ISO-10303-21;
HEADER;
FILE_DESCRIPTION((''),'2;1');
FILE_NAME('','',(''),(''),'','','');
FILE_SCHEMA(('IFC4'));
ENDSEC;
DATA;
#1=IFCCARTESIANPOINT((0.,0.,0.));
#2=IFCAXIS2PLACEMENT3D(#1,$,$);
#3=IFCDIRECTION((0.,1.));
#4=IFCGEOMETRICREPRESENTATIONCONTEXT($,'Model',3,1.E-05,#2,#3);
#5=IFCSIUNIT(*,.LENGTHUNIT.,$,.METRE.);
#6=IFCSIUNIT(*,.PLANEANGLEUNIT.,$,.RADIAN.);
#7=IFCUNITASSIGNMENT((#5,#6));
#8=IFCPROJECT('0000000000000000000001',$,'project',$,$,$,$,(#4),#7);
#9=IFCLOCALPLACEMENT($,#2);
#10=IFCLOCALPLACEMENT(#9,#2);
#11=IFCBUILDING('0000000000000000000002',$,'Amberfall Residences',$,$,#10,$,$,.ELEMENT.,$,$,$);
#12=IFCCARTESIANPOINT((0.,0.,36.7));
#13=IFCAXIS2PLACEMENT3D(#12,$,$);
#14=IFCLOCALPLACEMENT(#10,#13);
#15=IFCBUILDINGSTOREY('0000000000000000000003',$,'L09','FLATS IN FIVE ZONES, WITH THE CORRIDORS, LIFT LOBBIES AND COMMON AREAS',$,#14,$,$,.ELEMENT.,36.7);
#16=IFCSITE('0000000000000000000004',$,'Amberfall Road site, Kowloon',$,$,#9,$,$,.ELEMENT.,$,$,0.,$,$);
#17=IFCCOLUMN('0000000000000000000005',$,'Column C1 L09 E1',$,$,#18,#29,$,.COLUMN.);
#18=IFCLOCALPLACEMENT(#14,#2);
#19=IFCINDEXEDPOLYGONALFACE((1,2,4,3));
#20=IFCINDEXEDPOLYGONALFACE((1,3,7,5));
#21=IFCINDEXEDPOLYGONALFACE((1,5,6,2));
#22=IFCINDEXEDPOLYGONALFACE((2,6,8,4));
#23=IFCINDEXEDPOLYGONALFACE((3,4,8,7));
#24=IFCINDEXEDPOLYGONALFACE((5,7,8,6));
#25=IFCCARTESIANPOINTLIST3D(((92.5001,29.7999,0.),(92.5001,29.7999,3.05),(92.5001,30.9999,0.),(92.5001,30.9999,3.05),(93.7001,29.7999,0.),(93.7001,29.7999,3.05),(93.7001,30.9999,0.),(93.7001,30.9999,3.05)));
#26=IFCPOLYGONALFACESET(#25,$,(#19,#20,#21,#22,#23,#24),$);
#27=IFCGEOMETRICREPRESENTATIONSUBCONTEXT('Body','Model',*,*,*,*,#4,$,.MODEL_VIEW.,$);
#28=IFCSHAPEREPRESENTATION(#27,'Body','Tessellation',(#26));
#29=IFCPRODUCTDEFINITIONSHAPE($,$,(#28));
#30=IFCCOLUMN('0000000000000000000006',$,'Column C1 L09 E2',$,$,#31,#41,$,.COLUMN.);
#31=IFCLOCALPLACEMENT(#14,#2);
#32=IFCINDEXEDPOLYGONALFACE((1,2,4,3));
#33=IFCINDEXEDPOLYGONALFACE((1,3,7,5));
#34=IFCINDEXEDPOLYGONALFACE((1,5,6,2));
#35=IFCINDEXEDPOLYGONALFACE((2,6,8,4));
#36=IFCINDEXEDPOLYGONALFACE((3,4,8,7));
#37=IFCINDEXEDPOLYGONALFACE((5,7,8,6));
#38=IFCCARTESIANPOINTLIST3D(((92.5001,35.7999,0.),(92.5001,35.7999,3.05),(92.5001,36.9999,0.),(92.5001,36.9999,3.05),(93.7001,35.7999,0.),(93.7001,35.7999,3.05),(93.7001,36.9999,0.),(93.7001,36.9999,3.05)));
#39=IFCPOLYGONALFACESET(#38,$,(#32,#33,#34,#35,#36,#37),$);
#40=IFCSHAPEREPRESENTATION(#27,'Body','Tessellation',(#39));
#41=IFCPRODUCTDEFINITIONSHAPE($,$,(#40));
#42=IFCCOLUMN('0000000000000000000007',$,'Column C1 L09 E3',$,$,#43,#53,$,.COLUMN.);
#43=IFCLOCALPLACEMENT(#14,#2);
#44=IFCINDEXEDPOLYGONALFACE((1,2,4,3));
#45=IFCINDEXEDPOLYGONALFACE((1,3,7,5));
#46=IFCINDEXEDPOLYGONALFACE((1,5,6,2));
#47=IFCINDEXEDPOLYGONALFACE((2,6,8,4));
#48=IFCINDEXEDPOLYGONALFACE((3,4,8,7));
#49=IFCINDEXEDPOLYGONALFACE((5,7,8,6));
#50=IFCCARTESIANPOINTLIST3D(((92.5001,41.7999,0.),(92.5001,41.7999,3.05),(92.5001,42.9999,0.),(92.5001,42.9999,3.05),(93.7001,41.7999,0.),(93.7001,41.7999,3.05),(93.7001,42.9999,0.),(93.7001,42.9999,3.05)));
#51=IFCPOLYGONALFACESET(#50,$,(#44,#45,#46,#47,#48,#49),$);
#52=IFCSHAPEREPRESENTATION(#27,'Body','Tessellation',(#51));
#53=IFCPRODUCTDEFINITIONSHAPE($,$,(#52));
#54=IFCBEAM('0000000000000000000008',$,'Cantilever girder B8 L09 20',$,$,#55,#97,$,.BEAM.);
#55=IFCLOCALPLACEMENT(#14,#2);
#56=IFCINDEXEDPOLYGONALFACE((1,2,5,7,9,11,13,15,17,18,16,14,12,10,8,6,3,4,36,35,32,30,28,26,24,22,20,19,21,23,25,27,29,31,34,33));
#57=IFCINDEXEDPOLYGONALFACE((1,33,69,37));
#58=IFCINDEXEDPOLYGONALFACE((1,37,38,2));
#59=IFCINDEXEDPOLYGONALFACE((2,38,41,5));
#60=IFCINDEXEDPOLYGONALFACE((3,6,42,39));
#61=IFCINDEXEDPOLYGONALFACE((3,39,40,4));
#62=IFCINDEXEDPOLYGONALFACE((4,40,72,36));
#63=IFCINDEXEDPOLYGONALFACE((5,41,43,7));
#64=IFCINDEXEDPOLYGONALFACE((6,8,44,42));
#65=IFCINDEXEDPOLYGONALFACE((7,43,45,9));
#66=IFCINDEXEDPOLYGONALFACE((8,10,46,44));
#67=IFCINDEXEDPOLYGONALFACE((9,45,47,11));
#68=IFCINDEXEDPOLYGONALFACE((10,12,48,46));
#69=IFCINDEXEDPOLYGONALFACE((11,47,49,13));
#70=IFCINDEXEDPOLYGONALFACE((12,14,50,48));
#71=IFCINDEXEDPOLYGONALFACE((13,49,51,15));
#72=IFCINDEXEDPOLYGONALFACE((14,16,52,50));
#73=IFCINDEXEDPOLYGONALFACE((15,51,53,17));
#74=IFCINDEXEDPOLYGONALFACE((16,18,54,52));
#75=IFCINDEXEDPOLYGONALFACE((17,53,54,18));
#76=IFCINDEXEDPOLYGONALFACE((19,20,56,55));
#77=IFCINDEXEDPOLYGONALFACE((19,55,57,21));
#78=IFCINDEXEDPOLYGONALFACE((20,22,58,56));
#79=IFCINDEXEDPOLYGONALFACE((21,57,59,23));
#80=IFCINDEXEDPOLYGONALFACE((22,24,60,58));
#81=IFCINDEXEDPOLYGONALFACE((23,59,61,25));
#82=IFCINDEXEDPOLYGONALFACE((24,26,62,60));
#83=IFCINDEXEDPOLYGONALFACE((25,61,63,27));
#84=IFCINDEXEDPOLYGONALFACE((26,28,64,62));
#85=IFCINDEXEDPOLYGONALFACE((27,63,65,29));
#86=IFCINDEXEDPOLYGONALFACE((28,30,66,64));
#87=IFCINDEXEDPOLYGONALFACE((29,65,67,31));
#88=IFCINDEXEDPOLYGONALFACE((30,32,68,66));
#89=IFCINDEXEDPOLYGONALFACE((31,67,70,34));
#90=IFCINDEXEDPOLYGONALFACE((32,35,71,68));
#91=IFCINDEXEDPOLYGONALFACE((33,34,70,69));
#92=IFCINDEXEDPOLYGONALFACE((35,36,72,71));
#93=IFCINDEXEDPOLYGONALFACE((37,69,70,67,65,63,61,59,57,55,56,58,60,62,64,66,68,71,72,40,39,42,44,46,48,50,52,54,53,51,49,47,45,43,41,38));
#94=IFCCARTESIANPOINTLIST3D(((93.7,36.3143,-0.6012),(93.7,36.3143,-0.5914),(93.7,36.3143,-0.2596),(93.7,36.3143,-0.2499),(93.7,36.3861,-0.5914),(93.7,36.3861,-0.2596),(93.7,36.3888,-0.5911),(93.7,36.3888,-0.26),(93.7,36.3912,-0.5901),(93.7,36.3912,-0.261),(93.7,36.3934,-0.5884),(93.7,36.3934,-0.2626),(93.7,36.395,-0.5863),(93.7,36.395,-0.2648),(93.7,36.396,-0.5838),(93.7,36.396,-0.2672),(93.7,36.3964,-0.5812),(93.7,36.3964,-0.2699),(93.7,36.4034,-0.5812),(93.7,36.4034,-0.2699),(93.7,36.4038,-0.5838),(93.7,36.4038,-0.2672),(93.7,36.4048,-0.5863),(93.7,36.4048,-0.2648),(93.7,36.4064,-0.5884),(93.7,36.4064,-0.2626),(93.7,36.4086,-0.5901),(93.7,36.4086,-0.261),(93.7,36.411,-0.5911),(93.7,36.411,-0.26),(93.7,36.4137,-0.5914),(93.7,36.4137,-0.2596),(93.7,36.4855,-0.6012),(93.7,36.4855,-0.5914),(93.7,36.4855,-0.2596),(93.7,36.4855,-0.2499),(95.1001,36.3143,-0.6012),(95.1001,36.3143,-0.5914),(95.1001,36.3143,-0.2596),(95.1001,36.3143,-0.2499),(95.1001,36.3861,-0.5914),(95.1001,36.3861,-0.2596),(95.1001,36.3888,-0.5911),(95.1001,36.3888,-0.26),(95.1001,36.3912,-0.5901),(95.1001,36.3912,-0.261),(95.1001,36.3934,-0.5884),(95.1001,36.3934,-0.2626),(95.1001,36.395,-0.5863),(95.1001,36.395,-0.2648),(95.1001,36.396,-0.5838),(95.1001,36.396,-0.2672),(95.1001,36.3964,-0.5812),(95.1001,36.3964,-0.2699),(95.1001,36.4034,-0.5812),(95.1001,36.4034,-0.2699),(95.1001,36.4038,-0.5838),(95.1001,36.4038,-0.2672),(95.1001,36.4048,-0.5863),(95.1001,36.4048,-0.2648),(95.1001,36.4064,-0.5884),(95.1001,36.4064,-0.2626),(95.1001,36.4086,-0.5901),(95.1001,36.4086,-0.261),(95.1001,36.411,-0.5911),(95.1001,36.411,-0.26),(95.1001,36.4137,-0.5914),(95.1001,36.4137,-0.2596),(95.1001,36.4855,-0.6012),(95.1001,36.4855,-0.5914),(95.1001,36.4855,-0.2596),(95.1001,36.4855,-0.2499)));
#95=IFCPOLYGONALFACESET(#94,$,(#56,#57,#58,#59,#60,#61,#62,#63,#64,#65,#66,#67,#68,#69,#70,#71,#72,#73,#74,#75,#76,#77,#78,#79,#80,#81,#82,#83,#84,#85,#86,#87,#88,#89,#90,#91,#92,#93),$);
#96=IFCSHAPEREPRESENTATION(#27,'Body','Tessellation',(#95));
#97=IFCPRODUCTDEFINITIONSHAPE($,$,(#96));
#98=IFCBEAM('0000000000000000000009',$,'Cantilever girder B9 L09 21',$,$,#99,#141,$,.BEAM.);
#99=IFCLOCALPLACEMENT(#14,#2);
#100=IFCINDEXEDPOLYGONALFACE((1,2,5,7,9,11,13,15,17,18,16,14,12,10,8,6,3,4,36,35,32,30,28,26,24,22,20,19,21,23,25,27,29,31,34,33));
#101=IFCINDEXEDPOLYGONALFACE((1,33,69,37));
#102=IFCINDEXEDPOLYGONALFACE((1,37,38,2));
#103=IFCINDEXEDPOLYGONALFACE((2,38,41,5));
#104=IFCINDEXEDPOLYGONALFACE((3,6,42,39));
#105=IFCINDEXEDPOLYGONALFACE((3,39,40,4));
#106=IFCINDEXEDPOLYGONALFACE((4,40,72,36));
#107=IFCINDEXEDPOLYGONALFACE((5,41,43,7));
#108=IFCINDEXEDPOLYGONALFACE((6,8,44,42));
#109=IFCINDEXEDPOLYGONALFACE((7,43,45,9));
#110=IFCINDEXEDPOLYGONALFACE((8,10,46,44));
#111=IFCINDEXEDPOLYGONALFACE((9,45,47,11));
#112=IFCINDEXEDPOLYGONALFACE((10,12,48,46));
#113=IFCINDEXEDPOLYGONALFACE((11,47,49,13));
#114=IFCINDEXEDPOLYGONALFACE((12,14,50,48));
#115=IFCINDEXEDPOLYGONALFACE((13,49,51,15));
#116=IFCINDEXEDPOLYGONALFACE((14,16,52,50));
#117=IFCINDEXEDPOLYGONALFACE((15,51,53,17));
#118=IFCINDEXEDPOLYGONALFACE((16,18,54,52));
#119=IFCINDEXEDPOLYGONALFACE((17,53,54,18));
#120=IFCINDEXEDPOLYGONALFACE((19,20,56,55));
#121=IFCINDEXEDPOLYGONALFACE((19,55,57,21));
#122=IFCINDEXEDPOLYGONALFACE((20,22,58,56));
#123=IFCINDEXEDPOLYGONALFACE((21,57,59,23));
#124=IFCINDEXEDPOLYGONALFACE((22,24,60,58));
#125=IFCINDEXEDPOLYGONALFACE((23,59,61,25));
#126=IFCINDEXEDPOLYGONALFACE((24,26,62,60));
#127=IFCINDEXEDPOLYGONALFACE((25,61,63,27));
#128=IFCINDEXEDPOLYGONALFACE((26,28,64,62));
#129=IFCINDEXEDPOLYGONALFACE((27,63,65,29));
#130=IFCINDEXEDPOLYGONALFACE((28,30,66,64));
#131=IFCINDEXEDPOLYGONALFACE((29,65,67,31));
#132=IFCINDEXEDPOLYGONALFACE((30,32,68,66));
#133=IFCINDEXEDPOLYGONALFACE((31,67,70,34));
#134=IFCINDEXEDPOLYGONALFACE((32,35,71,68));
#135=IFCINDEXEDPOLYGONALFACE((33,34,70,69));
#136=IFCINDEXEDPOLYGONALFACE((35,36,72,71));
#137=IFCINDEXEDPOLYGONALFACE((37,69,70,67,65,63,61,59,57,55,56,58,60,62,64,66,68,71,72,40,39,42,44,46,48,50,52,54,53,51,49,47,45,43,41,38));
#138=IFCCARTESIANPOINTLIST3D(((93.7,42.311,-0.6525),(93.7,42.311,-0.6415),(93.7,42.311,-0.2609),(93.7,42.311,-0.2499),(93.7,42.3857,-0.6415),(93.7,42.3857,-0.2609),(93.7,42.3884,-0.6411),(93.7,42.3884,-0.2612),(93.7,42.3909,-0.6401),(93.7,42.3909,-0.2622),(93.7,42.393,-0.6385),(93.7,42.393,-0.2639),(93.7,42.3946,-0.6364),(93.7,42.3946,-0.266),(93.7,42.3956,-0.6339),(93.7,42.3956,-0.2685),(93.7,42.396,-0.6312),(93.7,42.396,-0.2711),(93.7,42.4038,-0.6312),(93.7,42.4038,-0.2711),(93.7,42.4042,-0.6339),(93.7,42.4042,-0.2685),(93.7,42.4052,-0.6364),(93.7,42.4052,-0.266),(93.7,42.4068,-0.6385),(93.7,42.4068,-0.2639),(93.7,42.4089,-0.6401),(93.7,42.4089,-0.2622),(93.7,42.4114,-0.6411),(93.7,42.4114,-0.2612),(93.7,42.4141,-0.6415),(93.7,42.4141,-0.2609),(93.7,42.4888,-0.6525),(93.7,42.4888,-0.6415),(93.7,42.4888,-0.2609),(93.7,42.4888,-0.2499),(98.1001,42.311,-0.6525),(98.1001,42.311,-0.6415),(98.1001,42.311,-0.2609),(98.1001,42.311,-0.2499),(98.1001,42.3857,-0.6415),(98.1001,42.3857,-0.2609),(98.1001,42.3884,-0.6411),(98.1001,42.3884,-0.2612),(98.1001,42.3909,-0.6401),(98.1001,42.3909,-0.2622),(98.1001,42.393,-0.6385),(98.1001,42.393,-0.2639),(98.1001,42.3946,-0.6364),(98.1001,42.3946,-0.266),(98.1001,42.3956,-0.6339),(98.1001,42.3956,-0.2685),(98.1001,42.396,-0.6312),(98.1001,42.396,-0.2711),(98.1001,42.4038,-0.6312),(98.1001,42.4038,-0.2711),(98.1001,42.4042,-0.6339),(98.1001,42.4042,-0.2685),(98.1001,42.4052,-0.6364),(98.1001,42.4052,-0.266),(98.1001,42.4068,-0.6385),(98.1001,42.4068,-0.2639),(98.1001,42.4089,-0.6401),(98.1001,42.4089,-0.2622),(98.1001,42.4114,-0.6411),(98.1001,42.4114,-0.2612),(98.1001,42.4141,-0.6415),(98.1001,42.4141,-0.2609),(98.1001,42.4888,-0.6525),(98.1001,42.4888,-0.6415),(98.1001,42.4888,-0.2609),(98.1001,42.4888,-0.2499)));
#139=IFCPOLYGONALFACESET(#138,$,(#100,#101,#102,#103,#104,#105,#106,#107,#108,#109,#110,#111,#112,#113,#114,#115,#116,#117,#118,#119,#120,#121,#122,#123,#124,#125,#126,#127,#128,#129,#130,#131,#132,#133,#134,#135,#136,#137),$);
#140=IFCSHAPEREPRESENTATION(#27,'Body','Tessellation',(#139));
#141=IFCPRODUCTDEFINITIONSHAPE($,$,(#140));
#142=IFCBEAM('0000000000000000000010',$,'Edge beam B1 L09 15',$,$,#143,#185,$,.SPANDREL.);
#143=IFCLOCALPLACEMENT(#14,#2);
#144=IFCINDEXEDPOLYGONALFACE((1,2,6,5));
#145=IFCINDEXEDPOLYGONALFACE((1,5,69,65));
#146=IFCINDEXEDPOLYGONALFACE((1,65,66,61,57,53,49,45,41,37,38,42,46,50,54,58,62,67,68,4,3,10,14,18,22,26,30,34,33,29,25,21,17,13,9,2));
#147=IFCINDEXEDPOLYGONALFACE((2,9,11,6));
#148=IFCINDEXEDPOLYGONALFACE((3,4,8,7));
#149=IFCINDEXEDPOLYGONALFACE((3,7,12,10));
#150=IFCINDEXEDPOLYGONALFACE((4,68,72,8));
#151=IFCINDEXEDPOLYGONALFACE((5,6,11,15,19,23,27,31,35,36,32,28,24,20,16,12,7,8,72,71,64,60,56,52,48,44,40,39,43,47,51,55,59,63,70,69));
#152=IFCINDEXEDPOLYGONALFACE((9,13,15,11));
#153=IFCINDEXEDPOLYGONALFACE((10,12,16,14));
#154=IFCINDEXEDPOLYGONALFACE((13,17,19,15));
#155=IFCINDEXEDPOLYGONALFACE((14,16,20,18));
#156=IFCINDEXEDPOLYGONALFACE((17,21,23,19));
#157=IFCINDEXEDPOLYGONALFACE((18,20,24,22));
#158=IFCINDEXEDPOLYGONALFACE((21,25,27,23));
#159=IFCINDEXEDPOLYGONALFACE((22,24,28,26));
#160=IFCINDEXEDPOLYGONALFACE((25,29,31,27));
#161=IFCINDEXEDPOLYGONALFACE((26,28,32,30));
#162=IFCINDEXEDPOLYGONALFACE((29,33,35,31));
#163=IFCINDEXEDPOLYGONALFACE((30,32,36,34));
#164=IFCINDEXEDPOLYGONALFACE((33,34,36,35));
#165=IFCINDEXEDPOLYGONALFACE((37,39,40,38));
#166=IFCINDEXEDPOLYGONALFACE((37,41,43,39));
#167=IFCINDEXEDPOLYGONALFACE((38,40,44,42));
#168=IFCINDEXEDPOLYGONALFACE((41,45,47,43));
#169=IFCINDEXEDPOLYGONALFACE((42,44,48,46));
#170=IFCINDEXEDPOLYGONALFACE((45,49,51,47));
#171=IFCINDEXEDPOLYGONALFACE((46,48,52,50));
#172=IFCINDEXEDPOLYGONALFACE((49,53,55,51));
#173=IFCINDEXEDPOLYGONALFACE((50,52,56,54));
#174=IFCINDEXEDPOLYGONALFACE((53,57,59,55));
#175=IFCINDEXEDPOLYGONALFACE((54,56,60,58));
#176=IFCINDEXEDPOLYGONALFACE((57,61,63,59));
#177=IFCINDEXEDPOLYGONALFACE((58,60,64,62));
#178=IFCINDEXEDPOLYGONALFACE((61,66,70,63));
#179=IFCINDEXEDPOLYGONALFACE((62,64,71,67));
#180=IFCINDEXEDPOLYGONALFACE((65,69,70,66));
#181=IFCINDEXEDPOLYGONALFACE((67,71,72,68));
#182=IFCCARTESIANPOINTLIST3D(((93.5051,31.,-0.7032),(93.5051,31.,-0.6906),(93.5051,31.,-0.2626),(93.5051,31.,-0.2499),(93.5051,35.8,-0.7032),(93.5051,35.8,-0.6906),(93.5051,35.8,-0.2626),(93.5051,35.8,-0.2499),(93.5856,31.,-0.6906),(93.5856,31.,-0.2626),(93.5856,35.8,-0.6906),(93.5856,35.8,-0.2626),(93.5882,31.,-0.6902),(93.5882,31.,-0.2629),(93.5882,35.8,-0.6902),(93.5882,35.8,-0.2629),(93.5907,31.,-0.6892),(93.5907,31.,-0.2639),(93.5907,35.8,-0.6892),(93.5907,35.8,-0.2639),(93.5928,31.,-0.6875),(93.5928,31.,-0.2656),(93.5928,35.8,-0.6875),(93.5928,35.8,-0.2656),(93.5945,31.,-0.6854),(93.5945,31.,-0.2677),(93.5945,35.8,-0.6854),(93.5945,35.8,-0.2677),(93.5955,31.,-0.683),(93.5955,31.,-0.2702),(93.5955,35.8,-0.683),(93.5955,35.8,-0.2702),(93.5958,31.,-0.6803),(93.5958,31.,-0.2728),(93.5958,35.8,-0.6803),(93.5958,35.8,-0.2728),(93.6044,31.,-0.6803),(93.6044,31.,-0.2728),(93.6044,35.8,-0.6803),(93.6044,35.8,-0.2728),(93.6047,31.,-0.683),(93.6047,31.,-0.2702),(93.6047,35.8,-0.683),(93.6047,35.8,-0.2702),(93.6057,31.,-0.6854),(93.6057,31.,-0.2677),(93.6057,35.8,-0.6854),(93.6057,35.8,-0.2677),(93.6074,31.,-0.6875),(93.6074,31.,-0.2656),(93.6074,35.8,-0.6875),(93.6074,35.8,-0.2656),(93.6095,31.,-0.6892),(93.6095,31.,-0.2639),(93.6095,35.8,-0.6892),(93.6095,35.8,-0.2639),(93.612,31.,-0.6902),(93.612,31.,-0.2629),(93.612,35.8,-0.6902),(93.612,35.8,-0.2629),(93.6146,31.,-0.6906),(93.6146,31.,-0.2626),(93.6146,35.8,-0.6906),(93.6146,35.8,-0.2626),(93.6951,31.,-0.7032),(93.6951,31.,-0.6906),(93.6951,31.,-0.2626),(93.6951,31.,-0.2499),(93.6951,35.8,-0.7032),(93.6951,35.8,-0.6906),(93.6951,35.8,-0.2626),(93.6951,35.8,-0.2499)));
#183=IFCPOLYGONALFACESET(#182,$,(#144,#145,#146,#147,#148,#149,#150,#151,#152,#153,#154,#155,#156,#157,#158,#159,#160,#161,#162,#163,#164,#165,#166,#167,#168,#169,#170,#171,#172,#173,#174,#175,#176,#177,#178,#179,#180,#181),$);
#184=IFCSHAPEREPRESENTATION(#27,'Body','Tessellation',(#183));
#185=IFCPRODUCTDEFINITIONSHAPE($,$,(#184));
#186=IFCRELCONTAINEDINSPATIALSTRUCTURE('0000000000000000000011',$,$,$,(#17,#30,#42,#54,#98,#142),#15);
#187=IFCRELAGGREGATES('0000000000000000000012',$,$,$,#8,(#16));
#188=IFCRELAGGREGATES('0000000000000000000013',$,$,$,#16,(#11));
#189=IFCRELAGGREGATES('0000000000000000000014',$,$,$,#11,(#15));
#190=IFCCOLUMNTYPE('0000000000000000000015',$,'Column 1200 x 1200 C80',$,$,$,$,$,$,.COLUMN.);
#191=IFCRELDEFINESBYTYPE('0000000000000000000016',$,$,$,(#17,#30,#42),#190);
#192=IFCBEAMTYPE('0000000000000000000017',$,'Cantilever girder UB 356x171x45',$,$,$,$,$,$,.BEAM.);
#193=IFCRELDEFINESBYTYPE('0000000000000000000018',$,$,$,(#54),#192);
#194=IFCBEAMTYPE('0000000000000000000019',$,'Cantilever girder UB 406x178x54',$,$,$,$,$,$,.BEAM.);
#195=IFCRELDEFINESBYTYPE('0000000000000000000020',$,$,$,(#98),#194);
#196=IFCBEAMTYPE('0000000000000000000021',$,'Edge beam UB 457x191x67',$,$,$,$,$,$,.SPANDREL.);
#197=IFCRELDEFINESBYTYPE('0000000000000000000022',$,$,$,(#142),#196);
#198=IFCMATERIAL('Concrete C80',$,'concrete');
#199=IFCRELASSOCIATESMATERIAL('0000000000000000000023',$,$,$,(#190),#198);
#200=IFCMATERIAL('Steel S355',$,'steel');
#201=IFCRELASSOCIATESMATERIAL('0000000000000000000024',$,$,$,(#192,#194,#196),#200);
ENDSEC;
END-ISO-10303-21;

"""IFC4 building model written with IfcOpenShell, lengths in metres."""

from ifc_helpers import new_model, si_unit, direction, frame, origin, origin_2d, place, context, subcontext, project, spatial, rectangle, i_section, extrude, material, material_profile, profile_set, type_object, element, save


model = new_model("IFC4")

# Units and contexts
model_context = context("Model", 3, precision=1e-05, world=origin(), true_north=direction((0.0, 1.0)))
body_context = subcontext(model_context, "Body", "Model", "MODEL_VIEW")
ifc_project = project(units=[si_unit("LENGTHUNIT", "METRE"), si_unit("PLANEANGLEUNIT", "RADIAN")], contexts=[model_context])

# Site, building, storey
site_placement = place(None, origin())
site = spatial("IfcSite", under=ifc_project, at=site_placement, Name="Amberfall Road site, Kowloon", CompositionType="ELEMENT", RefElevation=0.0)
building_placement = place(site_placement, origin())
building = spatial("IfcBuilding", under=site, at=building_placement, Name="Amberfall Residences", CompositionType="ELEMENT")
storey_placement = place(building_placement, frame((0.0, 0.0, 36.7)))
storey = spatial("IfcBuildingStorey", under=building, at=storey_placement, Name="L09", Description="FLATS IN FIVE ZONES, WITH THE CORRIDORS, LIFT LOBBIES AND COMMON AREAS", CompositionType="ELEMENT", Elevation=36.7)

# Columns
ifc_material_1 = material(Name="Concrete C80", Category="concrete")
ifc_material_profile_1 = material_profile(ifc_material_1, rectangle(XDim=1.2, YDim=1.2, at=origin_2d()), Name="Column 1200 x 1200 C80")
ifc_profile_set_1 = profile_set([ifc_material_profile_1], Name="Concrete C80")
column_type = type_object("IfcColumnType", Name="Column 1200 x 1200 C80", PredefinedType="COLUMN", material=ifc_profile_set_1)
for number, where, z_axis, x_axis, name in (
    (1, (93.1001, 30.3999, 0.0), (0.0, 0.0, 1.0), (1.0, 0.0, 0.0), "Column C1 L09 E1"),
    (2, (93.1001, 36.3999, 0.0), (0.0, 0.0, 1.0), (1.0, 0.0, 0.0), "Column C1 L09 E2"),
    (3, (93.1001, 42.3999, 0.0), (0.0, 0.0, 1.0), (1.0, 0.0, 0.0), "Column C1 L09 E3"),
):
    element("IfcColumn", number, at=place(storey_placement, frame(where, z_axis=z_axis, x_axis=x_axis)), inside=storey, type_object=column_type, Name=name, PredefinedType="COLUMN", context=body_context, shape_type="SweptSolid", body=[
        extrude(rectangle(XDim=1.2, YDim=1.2, at=origin_2d()), origin(), (0.0, 0.0, 1.0), 3.05),
    ])

# Beams
ifc_material_2 = material(Name="Steel S355", Category="steel")
ifc_material_profile_2 = material_profile(ifc_material_2, i_section(OverallWidth=0.1711, OverallDepth=0.3513, WebThickness=0.0071, FlangeThickness=0.0098, FilletRadius=0.0103, at=origin_2d()), Name="UB 356x171x45")
ifc_profile_set_2 = profile_set([ifc_material_profile_2], Name="Steel S355")
beam_type_1 = type_object("IfcBeamType", Name="Cantilever girder UB 356x171x45", PredefinedType="BEAM", material=ifc_profile_set_2)
beam_1_placement = place(storey_placement, frame((93.7, 36.3999, -0.4255), z_axis=(1.0, 0.0, 0.0), x_axis=(0.0, 1.0, 0.0)))
element("IfcBeam", 4, at=beam_1_placement, inside=storey, type_object=beam_type_1, Name="Cantilever girder B8 L09 20", PredefinedType="BEAM", context=body_context, shape_type="SweptSolid", body=[
    extrude(i_section(OverallWidth=0.1711, OverallDepth=0.3513, WebThickness=0.0071, FlangeThickness=0.0098, FilletRadius=0.0103, at=origin_2d()), origin(), (0.0, 0.0, 1.0), 1.4001),
])
ifc_material_profile_3 = material_profile(ifc_material_2, i_section(OverallWidth=0.1777, OverallDepth=0.4026, WebThickness=0.0078, FlangeThickness=0.011, FilletRadius=0.0103, at=origin_2d()), Name="UB 406x178x54")
ifc_profile_set_3 = profile_set([ifc_material_profile_3], Name="Steel S355")
beam_type_2 = type_object("IfcBeamType", Name="Cantilever girder UB 406x178x54", PredefinedType="BEAM", material=ifc_profile_set_3)
beam_2_placement = place(storey_placement, frame((93.7, 42.3999, -0.4512), z_axis=(1.0, 0.0, 0.0), x_axis=(0.0, 1.0, 0.0)))
element("IfcBeam", 5, at=beam_2_placement, inside=storey, type_object=beam_type_2, Name="Cantilever girder B9 L09 21", PredefinedType="BEAM", context=body_context, shape_type="SweptSolid", body=[
    extrude(i_section(OverallWidth=0.1777, OverallDepth=0.4026, WebThickness=0.0078, FlangeThickness=0.011, FilletRadius=0.0103, at=origin_2d()), origin(), (0.0, 0.0, 1.0), 4.4001),
])
ifc_material_profile_4 = material_profile(ifc_material_2, i_section(OverallWidth=0.1899, OverallDepth=0.4534, WebThickness=0.0085, FlangeThickness=0.0127, FilletRadius=0.0103, at=origin_2d()), Name="UB 457x191x67")
ifc_profile_set_4 = profile_set([ifc_material_profile_4], Name="Steel S355")
beam_type_3 = type_object("IfcBeamType", Name="Edge beam UB 457x191x67", PredefinedType="SPANDREL", material=ifc_profile_set_4)
beam_3_placement = place(storey_placement, frame((93.6001, 31.0, -0.4766), z_axis=(0.0, 1.0, 0.0), x_axis=(-1.0, 0.0, 0.0)))
element("IfcBeam", 6, at=beam_3_placement, inside=storey, type_object=beam_type_3, Name="Edge beam B1 L09 15", PredefinedType="SPANDREL", context=body_context, shape_type="SweptSolid", body=[
    extrude(i_section(OverallWidth=0.1899, OverallDepth=0.4534, WebThickness=0.0085, FlangeThickness=0.0127, FilletRadius=0.0103, at=origin_2d()), origin(), (0.0, 0.0, 1.0), 4.8),
])

save(model, "model.ifc")
